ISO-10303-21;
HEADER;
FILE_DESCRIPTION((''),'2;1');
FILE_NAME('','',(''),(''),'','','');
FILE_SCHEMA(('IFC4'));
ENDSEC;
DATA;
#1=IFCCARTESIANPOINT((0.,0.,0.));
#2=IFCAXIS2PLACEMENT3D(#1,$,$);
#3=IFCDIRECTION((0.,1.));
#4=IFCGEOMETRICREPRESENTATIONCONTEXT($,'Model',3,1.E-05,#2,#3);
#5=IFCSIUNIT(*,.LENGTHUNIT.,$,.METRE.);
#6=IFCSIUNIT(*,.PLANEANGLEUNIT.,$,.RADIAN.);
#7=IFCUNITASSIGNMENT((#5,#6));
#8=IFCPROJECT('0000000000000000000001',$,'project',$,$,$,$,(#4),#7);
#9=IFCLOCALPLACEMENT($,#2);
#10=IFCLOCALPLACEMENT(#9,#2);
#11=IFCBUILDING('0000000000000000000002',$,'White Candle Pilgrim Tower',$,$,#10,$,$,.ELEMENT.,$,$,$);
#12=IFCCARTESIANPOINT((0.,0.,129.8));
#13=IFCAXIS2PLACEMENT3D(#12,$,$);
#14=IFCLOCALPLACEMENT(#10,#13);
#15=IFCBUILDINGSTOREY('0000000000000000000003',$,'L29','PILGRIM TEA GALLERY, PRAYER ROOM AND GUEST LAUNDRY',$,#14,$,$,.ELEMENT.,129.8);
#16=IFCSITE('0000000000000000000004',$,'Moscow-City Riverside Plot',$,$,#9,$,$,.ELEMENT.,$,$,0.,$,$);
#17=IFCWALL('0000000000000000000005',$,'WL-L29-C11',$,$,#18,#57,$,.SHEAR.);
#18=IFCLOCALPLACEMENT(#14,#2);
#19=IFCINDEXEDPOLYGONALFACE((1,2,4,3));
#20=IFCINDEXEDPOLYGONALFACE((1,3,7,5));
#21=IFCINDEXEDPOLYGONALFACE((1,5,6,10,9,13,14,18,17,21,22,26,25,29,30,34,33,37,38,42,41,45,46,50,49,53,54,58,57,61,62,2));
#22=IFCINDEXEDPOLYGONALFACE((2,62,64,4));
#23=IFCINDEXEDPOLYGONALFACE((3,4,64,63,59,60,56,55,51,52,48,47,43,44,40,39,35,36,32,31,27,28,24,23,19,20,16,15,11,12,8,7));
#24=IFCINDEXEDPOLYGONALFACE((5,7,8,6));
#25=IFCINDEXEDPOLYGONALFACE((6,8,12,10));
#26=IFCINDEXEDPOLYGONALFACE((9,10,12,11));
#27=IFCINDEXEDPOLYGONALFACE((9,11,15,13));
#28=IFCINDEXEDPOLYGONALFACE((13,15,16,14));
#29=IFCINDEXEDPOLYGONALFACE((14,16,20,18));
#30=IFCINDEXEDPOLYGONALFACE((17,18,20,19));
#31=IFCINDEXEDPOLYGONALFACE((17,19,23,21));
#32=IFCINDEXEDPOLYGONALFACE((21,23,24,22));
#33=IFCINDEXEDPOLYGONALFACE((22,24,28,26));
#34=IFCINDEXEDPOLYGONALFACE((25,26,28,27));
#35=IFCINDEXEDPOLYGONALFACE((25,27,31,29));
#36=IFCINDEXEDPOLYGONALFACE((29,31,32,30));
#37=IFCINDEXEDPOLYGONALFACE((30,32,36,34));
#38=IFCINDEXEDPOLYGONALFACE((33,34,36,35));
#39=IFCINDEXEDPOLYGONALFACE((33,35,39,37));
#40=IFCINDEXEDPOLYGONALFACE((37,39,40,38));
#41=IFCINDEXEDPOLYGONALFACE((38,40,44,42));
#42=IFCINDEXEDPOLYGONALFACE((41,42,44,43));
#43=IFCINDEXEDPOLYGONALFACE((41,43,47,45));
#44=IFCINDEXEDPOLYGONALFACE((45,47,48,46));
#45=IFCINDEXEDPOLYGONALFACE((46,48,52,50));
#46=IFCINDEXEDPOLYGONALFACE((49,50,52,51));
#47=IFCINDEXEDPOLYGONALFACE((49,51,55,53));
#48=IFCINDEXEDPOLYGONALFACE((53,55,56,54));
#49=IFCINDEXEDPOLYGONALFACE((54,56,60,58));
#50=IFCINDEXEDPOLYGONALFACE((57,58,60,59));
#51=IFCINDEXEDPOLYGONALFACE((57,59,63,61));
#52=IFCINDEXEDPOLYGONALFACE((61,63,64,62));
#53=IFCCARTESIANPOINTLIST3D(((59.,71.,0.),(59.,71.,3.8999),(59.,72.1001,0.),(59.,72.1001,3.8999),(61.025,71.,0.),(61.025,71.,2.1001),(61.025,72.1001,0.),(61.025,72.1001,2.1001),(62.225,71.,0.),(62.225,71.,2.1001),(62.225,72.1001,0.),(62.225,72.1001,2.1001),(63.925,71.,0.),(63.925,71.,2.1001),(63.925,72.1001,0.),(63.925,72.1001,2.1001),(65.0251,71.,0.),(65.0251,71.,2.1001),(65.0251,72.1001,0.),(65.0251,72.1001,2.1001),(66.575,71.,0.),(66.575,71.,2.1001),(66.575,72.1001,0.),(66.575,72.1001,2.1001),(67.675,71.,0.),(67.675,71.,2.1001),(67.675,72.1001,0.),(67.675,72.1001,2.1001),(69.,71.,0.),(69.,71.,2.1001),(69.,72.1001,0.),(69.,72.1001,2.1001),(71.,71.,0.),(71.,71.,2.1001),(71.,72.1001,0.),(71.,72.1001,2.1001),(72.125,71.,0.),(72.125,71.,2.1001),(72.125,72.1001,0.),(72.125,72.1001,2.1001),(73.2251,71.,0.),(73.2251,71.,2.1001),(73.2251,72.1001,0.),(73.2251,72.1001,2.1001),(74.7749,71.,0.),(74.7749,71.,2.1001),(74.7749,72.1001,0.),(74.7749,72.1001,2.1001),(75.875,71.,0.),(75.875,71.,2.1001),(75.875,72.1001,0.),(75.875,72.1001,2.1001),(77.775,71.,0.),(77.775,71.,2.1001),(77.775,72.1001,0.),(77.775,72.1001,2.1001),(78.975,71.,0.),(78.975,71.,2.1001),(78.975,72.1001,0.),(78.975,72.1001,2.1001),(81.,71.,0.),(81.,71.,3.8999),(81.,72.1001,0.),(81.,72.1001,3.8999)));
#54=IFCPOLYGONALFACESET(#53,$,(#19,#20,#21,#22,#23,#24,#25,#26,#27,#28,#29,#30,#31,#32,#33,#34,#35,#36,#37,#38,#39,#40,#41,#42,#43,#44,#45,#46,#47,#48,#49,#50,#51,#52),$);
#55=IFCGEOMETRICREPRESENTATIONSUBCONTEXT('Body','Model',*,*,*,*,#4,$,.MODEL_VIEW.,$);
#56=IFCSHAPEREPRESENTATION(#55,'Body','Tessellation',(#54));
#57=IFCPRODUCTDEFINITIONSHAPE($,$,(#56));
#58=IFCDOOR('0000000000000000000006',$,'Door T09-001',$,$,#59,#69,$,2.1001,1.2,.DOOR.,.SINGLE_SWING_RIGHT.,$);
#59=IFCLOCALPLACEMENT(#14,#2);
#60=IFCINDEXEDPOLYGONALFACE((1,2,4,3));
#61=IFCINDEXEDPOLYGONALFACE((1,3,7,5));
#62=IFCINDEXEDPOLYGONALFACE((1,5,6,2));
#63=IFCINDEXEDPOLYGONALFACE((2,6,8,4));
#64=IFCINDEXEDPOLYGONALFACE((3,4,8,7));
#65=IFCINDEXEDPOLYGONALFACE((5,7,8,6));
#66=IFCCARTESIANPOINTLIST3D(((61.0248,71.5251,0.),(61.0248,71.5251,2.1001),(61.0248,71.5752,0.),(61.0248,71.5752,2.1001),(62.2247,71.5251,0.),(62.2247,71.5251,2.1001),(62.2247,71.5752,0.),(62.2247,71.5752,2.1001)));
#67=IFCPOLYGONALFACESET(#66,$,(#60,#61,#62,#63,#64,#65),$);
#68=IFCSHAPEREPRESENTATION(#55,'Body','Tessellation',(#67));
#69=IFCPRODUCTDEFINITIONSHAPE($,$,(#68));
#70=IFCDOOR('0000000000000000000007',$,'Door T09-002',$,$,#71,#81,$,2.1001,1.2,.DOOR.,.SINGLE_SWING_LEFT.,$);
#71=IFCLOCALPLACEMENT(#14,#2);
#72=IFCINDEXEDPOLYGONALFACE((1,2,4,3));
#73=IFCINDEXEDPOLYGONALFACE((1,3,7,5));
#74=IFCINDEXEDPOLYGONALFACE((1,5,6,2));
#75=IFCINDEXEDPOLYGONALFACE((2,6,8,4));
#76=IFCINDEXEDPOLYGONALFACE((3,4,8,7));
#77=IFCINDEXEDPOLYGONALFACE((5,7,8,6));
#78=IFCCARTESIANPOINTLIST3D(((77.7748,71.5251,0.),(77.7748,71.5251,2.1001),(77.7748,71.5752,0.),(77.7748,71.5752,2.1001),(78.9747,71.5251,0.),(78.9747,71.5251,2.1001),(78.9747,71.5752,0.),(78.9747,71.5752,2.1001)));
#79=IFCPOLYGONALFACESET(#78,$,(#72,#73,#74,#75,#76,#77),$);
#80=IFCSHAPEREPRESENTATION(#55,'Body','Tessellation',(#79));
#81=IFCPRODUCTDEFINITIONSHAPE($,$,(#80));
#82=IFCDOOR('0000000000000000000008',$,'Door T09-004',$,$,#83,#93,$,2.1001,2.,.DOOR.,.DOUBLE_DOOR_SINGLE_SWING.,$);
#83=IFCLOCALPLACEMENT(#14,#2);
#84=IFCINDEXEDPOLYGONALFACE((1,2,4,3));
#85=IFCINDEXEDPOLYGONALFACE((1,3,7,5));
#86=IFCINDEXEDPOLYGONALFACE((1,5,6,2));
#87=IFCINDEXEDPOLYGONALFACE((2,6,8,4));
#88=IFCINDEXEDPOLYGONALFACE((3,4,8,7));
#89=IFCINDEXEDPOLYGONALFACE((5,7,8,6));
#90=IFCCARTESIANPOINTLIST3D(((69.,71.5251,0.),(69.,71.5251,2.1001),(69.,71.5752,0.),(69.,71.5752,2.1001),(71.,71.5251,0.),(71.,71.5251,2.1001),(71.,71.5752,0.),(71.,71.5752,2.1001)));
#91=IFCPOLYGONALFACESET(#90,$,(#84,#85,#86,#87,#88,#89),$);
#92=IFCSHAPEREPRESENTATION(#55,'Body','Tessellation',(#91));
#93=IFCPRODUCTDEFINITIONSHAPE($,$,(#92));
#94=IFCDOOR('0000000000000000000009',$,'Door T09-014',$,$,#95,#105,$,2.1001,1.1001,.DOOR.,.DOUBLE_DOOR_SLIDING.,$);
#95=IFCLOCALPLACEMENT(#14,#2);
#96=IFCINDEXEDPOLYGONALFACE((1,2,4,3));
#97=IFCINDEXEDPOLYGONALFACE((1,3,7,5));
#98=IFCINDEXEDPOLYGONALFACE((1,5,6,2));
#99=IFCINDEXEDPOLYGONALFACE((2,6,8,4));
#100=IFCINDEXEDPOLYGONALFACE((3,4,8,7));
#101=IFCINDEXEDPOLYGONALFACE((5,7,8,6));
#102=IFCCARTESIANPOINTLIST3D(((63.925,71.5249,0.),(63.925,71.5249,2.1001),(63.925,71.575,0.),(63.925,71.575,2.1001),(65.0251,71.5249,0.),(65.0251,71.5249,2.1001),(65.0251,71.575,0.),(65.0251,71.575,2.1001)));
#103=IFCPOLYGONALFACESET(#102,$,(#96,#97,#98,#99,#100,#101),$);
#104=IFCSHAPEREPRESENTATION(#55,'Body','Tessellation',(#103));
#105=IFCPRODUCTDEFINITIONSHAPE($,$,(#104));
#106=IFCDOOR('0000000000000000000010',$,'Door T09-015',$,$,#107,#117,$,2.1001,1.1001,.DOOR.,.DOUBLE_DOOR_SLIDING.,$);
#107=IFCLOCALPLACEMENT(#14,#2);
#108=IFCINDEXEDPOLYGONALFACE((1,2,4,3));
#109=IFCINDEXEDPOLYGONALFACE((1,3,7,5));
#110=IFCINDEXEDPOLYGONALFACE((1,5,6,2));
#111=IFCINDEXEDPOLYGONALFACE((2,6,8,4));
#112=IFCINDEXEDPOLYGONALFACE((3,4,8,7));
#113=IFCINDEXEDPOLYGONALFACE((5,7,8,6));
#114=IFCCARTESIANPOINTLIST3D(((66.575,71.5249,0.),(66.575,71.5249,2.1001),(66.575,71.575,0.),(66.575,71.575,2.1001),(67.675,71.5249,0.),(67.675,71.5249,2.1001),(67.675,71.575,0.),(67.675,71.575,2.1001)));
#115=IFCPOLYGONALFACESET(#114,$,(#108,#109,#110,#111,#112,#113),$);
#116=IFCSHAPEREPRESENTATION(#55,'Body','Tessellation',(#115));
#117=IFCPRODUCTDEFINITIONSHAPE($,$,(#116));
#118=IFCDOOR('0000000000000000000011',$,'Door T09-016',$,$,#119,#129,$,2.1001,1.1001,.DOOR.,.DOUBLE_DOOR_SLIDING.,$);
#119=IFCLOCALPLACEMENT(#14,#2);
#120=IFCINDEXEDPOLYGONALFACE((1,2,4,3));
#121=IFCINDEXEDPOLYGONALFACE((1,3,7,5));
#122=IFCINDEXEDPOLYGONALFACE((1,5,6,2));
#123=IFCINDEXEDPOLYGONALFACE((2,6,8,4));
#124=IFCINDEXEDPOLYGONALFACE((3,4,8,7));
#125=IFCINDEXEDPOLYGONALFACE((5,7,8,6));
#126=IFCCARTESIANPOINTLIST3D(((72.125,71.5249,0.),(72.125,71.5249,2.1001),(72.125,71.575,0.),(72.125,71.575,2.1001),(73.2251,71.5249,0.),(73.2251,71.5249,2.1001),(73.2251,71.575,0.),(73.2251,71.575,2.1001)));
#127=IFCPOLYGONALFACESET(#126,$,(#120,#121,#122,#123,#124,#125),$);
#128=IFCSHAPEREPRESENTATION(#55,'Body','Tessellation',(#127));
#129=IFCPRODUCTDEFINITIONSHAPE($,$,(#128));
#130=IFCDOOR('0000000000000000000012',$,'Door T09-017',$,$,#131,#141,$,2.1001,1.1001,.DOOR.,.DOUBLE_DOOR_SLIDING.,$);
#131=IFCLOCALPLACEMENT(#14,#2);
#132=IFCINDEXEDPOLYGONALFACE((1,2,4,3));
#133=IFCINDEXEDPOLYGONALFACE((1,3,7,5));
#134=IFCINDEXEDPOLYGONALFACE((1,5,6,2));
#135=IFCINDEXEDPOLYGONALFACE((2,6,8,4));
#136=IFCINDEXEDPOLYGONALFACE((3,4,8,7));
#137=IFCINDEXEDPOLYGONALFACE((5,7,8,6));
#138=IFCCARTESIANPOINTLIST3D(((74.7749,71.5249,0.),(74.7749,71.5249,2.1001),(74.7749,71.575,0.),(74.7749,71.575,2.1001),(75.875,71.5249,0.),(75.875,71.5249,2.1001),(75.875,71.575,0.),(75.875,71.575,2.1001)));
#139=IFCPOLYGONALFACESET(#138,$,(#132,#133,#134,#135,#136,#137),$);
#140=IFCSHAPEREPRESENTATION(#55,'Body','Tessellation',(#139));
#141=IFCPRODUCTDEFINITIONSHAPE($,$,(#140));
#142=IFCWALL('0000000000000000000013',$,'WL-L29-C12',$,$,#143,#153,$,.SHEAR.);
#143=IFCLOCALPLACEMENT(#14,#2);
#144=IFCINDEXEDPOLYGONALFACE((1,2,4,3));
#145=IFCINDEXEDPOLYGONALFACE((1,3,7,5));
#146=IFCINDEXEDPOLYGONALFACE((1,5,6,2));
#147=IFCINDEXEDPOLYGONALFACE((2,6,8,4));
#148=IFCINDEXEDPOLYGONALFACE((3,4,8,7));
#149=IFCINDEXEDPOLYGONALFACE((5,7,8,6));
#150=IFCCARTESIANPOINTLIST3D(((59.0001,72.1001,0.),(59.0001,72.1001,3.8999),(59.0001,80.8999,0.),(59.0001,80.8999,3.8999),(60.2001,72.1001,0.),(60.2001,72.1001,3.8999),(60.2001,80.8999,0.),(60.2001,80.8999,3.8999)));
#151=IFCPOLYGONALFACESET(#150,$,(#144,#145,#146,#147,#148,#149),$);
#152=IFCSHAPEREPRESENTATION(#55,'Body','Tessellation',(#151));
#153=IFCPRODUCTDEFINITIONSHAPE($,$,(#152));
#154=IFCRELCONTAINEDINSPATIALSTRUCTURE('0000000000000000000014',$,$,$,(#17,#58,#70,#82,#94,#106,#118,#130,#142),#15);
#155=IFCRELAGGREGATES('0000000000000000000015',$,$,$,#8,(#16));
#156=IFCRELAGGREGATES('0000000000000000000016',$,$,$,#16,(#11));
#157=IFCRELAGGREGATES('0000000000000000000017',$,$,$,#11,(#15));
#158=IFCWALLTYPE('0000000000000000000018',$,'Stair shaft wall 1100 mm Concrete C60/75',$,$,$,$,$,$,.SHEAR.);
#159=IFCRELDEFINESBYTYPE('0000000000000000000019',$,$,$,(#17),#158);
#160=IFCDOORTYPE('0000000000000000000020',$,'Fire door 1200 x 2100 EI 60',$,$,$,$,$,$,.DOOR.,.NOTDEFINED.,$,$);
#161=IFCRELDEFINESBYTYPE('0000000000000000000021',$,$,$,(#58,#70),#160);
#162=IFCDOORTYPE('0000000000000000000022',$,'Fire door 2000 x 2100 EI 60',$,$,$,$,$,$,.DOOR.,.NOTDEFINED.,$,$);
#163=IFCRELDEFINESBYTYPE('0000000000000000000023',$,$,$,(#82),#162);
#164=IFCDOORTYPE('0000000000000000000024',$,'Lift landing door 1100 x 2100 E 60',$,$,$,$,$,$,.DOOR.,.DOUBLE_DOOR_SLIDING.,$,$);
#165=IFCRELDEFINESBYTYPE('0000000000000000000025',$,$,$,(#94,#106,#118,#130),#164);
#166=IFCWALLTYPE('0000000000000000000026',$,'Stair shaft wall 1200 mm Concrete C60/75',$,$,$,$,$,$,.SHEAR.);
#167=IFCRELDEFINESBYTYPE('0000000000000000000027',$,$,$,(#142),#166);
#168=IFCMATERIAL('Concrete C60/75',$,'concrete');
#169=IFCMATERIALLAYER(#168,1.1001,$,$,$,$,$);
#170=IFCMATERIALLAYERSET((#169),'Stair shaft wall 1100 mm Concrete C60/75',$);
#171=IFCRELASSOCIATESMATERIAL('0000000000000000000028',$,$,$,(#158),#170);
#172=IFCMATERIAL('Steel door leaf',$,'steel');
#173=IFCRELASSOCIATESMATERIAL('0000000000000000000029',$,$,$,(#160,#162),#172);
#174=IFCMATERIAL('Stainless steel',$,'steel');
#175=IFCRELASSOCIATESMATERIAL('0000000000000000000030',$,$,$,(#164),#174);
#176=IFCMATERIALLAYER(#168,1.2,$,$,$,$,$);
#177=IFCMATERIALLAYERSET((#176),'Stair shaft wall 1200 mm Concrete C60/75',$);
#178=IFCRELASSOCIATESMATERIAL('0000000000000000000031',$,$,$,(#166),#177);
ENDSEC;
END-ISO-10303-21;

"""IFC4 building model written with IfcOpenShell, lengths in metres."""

from ifc_helpers import new_model, si_unit, direction, frame, frame_2d, origin, place, context, subcontext, project, spatial, rectangle, extrude, material, layer, layer_set, type_object, element, fill, save


model = new_model("IFC4")

# Units and contexts
model_context = context("Model", 3, precision=1e-05, world=origin(), true_north=direction((0.0, 1.0)))
body_context = subcontext(model_context, "Body", "Model", "MODEL_VIEW")
ifc_project = project(units=[si_unit("LENGTHUNIT", "METRE"), si_unit("PLANEANGLEUNIT", "RADIAN")], contexts=[model_context])

# Site, building, storey
site_placement = place(None, origin())
site = spatial("IfcSite", under=ifc_project, at=site_placement, Name="Moscow-City Riverside Plot", CompositionType="ELEMENT", RefElevation=0.0)
building_placement = place(site_placement, origin())
building = spatial("IfcBuilding", under=site, at=building_placement, Name="White Candle Pilgrim Tower", CompositionType="ELEMENT")
storey_placement = place(building_placement, frame((0.0, 0.0, 129.8)))
storey = spatial("IfcBuildingStorey", under=building, at=storey_placement, Name="L29", Description="PILGRIM TEA GALLERY, PRAYER ROOM AND GUEST LAUNDRY", CompositionType="ELEMENT", Elevation=129.8)

# Shared definitions
ifc_material_1 = material(Name="Steel door leaf", Category="steel")

# Shared definitions
ifc_material_2 = material(Name="Concrete C60/75", Category="concrete")

# Wall, openings, doors
ifc_layer_1 = layer(ifc_material_2, 1.1001)
ifc_layer_set_1 = layer_set([ifc_layer_1], Name="Stair shaft wall 1100 mm Concrete C60/75")
wall_type_1 = type_object("IfcWallType", Name="Stair shaft wall 1100 mm Concrete C60/75", PredefinedType="SHEAR", material=ifc_layer_set_1)
wall_1_placement = place(storey_placement, frame((59.0, 71.55, 0.0), z_axis=(0.0, 0.0, 1.0), x_axis=(1.0, 0.0, 0.0)))
wall_1 = element("IfcWall", 1, at=wall_1_placement, inside=storey, type_object=wall_type_1, Name="WL-L29-C11", PredefinedType="SHEAR", context=body_context, shape_type="SweptSolid", body=[
    extrude(rectangle(XDim=22.0, YDim=1.1001, at=frame_2d((11.0, 0.0))), origin(), (0.0, 0.0, 1.0), 3.8999),
])
opening_1_placement = place(wall_1_placement, frame((2.0249, 0.0, 0.0)))
opening_1 = element("IfcOpeningElement", 2, at=opening_1_placement, cuts=wall_1, PredefinedType="OPENING", context=body_context, shape_type="SweptSolid", body=[
    extrude(rectangle(XDim=1.2, YDim=2.1001, at=frame_2d((0.6001, 1.05))), frame((0.0, 0.5601, 0.0), z_axis=(0.0, -1.0, 0.0), x_axis=(1.0, 0.0, 0.0)), (0.0, 0.0, 1.0), 1.1201),
])
opening_2_placement = place(wall_1_placement, frame((18.7749, 0.0, 0.0)))
opening_2 = element("IfcOpeningElement", 3, at=opening_2_placement, cuts=wall_1, PredefinedType="OPENING", context=body_context, shape_type="SweptSolid", body=[
    extrude(rectangle(XDim=1.2, YDim=2.1001, at=frame_2d((0.6001, 1.05))), frame((0.0, 0.5601, 0.0), z_axis=(0.0, -1.0, 0.0), x_axis=(1.0, 0.0, 0.0)), (0.0, 0.0, 1.0), 1.1201),
])
opening_3_placement = place(wall_1_placement, frame((10.0, 0.0, 0.0)))
opening_3 = element("IfcOpeningElement", 4, at=opening_3_placement, cuts=wall_1, PredefinedType="OPENING", context=body_context, shape_type="SweptSolid", body=[
    extrude(rectangle(XDim=2.0, YDim=2.1001, at=frame_2d((1.0, 1.05))), frame((0.0, 0.5601, 0.0), z_axis=(0.0, -1.0, 0.0), x_axis=(1.0, 0.0, 0.0)), (0.0, 0.0, 1.0), 1.1201),
])
opening_4_placement = place(wall_1_placement, frame((4.925, 0.0, 0.0)))
opening_4 = element("IfcOpeningElement", 5, at=opening_4_placement, cuts=wall_1, PredefinedType="OPENING", context=body_context, shape_type="SweptSolid", body=[
    extrude(rectangle(XDim=1.1001, YDim=2.1001, at=frame_2d((0.55, 1.05))), frame((0.0, 0.5601, 0.0), z_axis=(0.0, -1.0, 0.0), x_axis=(1.0, 0.0, 0.0)), (0.0, 0.0, 1.0), 1.1201),
])
opening_5_placement = place(wall_1_placement, frame((7.575, 0.0, 0.0)))
opening_5 = element("IfcOpeningElement", 6, at=opening_5_placement, cuts=wall_1, PredefinedType="OPENING", context=body_context, shape_type="SweptSolid", body=[
    extrude(rectangle(XDim=1.1001, YDim=2.1001, at=frame_2d((0.55, 1.05))), frame((0.0, 0.5601, 0.0), z_axis=(0.0, -1.0, 0.0), x_axis=(1.0, 0.0, 0.0)), (0.0, 0.0, 1.0), 1.1201),
])
opening_6_placement = place(wall_1_placement, frame((13.125, 0.0, 0.0)))
opening_6 = element("IfcOpeningElement", 7, at=opening_6_placement, cuts=wall_1, PredefinedType="OPENING", context=body_context, shape_type="SweptSolid", body=[
    extrude(rectangle(XDim=1.1001, YDim=2.1001, at=frame_2d((0.55, 1.05))), frame((0.0, 0.5601, 0.0), z_axis=(0.0, -1.0, 0.0), x_axis=(1.0, 0.0, 0.0)), (0.0, 0.0, 1.0), 1.1201),
])
opening_7_placement = place(wall_1_placement, frame((15.7749, 0.0, 0.0)))
opening_7 = element("IfcOpeningElement", 8, at=opening_7_placement, cuts=wall_1, PredefinedType="OPENING", context=body_context, shape_type="SweptSolid", body=[
    extrude(rectangle(XDim=1.1001, YDim=2.1001, at=frame_2d((0.55, 1.05))), frame((0.0, 0.5601, 0.0), z_axis=(0.0, -1.0, 0.0), x_axis=(1.0, 0.0, 0.0)), (0.0, 0.0, 1.0), 1.1201),
])
door_type_1 = type_object("IfcDoorType", Name="Fire door 1200 x 2100 EI 60", OperationType="NOTDEFINED", PredefinedType="DOOR", material=ifc_material_1)
door_1_placement = place(opening_1_placement, frame((1.2, 0.0, 0.0), z_axis=(0.0, 0.0, 1.0), x_axis=(-1.0, 0.0, 0.0)))
door_1 = element("IfcDoor", 9, at=door_1_placement, inside=storey, type_object=door_type_1, Name="Door T09-001", OperationType="SINGLE_SWING_RIGHT", OverallHeight=2.1001, OverallWidth=1.2, PredefinedType="DOOR", context=body_context, shape_type="SweptSolid", body=[
    extrude(rectangle(XDim=1.2, YDim=2.1001, at=frame_2d((0.6001, 1.05))), frame((0.0, 0.0249, 0.0), z_axis=(0.0, -1.0, 0.0), x_axis=(1.0, 0.0, 0.0)), (0.0, 0.0, 1.0), 0.05),
])
fill(opening_1, door_1)
door_2_placement = place(opening_2_placement, frame((1.2, 0.0, 0.0), z_axis=(0.0, 0.0, 1.0), x_axis=(-1.0, 0.0, 0.0)))
door_2 = element("IfcDoor", 10, at=door_2_placement, inside=storey, type_object=door_type_1, Name="Door T09-002", OperationType="SINGLE_SWING_LEFT", OverallHeight=2.1001, OverallWidth=1.2, PredefinedType="DOOR", context=body_context, shape_type="SweptSolid", body=[
    extrude(rectangle(XDim=1.2, YDim=2.1001, at=frame_2d((0.6001, 1.05))), frame((0.0, 0.0249, 0.0), z_axis=(0.0, -1.0, 0.0), x_axis=(1.0, 0.0, 0.0)), (0.0, 0.0, 1.0), 0.05),
])
fill(opening_2, door_2)
door_type_2 = type_object("IfcDoorType", Name="Fire door 2000 x 2100 EI 60", OperationType="NOTDEFINED", PredefinedType="DOOR", material=ifc_material_1)
door_3_placement = place(opening_3_placement, frame((2.0, 0.0, 0.0), z_axis=(0.0, 0.0, 1.0), x_axis=(-1.0, 0.0, 0.0)))
door_3 = element("IfcDoor", 11, at=door_3_placement, inside=storey, type_object=door_type_2, Name="Door T09-004", OperationType="DOUBLE_DOOR_SINGLE_SWING", OverallHeight=2.1001, OverallWidth=2.0, PredefinedType="DOOR", context=body_context, shape_type="SweptSolid", body=[
    extrude(rectangle(XDim=2.0, YDim=2.1001, at=frame_2d((1.0, 1.05))), frame((0.0, 0.0249, 0.0), z_axis=(0.0, -1.0, 0.0), x_axis=(1.0, 0.0, 0.0)), (0.0, 0.0, 1.0), 0.05),
])
fill(opening_3, door_3)
ifc_material_3 = material(Name="Stainless steel", Category="steel")
door_type_3 = type_object("IfcDoorType", Name="Lift landing door 1100 x 2100 E 60", OperationType="DOUBLE_DOOR_SLIDING", PredefinedType="DOOR", material=ifc_material_3)
door_4_placement = place(opening_4_placement, origin())
door_4 = element("IfcDoor", 12, at=door_4_placement, inside=storey, type_object=door_type_3, Name="Door T09-014", OperationType="DOUBLE_DOOR_SLIDING", OverallHeight=2.1001, OverallWidth=1.1001, PredefinedType="DOOR", context=body_context, shape_type="SweptSolid", body=[
    extrude(rectangle(XDim=1.1001, YDim=2.1001, at=frame_2d((0.55, 1.05))), frame((0.0, 0.0249, 0.0), z_axis=(0.0, -1.0, 0.0), x_axis=(1.0, 0.0, 0.0)), (0.0, 0.0, 1.0), 0.05),
])
fill(opening_4, door_4)
door_5_placement = place(opening_5_placement, origin())
door_5 = element("IfcDoor", 13, at=door_5_placement, inside=storey, type_object=door_type_3, Name="Door T09-015", OperationType="DOUBLE_DOOR_SLIDING", OverallHeight=2.1001, OverallWidth=1.1001, PredefinedType="DOOR", context=body_context, shape_type="SweptSolid", body=[
    extrude(rectangle(XDim=1.1001, YDim=2.1001, at=frame_2d((0.55, 1.05))), frame((0.0, 0.0249, 0.0), z_axis=(0.0, -1.0, 0.0), x_axis=(1.0, 0.0, 0.0)), (0.0, 0.0, 1.0), 0.05),
])
fill(opening_5, door_5)
door_6_placement = place(opening_6_placement, origin())
door_6 = element("IfcDoor", 14, at=door_6_placement, inside=storey, type_object=door_type_3, Name="Door T09-016", OperationType="DOUBLE_DOOR_SLIDING", OverallHeight=2.1001, OverallWidth=1.1001, PredefinedType="DOOR", context=body_context, shape_type="SweptSolid", body=[
    extrude(rectangle(XDim=1.1001, YDim=2.1001, at=frame_2d((0.55, 1.05))), frame((0.0, 0.0249, 0.0), z_axis=(0.0, -1.0, 0.0), x_axis=(1.0, 0.0, 0.0)), (0.0, 0.0, 1.0), 0.05),
])
fill(opening_6, door_6)
door_7_placement = place(opening_7_placement, origin())
door_7 = element("IfcDoor", 15, at=door_7_placement, inside=storey, type_object=door_type_3, Name="Door T09-017", OperationType="DOUBLE_DOOR_SLIDING", OverallHeight=2.1001, OverallWidth=1.1001, PredefinedType="DOOR", context=body_context, shape_type="SweptSolid", body=[
    extrude(rectangle(XDim=1.1001, YDim=2.1001, at=frame_2d((0.55, 1.05))), frame((0.0, 0.0249, 0.0), z_axis=(0.0, -1.0, 0.0), x_axis=(1.0, 0.0, 0.0)), (0.0, 0.0, 1.0), 0.05),
])
fill(opening_7, door_7)

# Wall
ifc_layer_2 = layer(ifc_material_2, 1.2)
ifc_layer_set_2 = layer_set([ifc_layer_2], Name="Stair shaft wall 1200 mm Concrete C60/75")
wall_type_2 = type_object("IfcWallType", Name="Stair shaft wall 1200 mm Concrete C60/75", PredefinedType="SHEAR", material=ifc_layer_set_2)
wall_2_placement = place(storey_placement, frame((59.6001, 72.1001, 0.0), z_axis=(0.0, 0.0, 1.0), x_axis=(0.0, 1.0, 0.0)))
element("IfcWall", 16, at=wall_2_placement, inside=storey, type_object=wall_type_2, Name="WL-L29-C12", PredefinedType="SHEAR", context=body_context, shape_type="SweptSolid", body=[
    extrude(rectangle(XDim=8.7998, YDim=1.2, at=frame_2d((4.3999, 0.0))), origin(), (0.0, 0.0, 1.0), 3.8999),
])

save(model, "model.ifc")
